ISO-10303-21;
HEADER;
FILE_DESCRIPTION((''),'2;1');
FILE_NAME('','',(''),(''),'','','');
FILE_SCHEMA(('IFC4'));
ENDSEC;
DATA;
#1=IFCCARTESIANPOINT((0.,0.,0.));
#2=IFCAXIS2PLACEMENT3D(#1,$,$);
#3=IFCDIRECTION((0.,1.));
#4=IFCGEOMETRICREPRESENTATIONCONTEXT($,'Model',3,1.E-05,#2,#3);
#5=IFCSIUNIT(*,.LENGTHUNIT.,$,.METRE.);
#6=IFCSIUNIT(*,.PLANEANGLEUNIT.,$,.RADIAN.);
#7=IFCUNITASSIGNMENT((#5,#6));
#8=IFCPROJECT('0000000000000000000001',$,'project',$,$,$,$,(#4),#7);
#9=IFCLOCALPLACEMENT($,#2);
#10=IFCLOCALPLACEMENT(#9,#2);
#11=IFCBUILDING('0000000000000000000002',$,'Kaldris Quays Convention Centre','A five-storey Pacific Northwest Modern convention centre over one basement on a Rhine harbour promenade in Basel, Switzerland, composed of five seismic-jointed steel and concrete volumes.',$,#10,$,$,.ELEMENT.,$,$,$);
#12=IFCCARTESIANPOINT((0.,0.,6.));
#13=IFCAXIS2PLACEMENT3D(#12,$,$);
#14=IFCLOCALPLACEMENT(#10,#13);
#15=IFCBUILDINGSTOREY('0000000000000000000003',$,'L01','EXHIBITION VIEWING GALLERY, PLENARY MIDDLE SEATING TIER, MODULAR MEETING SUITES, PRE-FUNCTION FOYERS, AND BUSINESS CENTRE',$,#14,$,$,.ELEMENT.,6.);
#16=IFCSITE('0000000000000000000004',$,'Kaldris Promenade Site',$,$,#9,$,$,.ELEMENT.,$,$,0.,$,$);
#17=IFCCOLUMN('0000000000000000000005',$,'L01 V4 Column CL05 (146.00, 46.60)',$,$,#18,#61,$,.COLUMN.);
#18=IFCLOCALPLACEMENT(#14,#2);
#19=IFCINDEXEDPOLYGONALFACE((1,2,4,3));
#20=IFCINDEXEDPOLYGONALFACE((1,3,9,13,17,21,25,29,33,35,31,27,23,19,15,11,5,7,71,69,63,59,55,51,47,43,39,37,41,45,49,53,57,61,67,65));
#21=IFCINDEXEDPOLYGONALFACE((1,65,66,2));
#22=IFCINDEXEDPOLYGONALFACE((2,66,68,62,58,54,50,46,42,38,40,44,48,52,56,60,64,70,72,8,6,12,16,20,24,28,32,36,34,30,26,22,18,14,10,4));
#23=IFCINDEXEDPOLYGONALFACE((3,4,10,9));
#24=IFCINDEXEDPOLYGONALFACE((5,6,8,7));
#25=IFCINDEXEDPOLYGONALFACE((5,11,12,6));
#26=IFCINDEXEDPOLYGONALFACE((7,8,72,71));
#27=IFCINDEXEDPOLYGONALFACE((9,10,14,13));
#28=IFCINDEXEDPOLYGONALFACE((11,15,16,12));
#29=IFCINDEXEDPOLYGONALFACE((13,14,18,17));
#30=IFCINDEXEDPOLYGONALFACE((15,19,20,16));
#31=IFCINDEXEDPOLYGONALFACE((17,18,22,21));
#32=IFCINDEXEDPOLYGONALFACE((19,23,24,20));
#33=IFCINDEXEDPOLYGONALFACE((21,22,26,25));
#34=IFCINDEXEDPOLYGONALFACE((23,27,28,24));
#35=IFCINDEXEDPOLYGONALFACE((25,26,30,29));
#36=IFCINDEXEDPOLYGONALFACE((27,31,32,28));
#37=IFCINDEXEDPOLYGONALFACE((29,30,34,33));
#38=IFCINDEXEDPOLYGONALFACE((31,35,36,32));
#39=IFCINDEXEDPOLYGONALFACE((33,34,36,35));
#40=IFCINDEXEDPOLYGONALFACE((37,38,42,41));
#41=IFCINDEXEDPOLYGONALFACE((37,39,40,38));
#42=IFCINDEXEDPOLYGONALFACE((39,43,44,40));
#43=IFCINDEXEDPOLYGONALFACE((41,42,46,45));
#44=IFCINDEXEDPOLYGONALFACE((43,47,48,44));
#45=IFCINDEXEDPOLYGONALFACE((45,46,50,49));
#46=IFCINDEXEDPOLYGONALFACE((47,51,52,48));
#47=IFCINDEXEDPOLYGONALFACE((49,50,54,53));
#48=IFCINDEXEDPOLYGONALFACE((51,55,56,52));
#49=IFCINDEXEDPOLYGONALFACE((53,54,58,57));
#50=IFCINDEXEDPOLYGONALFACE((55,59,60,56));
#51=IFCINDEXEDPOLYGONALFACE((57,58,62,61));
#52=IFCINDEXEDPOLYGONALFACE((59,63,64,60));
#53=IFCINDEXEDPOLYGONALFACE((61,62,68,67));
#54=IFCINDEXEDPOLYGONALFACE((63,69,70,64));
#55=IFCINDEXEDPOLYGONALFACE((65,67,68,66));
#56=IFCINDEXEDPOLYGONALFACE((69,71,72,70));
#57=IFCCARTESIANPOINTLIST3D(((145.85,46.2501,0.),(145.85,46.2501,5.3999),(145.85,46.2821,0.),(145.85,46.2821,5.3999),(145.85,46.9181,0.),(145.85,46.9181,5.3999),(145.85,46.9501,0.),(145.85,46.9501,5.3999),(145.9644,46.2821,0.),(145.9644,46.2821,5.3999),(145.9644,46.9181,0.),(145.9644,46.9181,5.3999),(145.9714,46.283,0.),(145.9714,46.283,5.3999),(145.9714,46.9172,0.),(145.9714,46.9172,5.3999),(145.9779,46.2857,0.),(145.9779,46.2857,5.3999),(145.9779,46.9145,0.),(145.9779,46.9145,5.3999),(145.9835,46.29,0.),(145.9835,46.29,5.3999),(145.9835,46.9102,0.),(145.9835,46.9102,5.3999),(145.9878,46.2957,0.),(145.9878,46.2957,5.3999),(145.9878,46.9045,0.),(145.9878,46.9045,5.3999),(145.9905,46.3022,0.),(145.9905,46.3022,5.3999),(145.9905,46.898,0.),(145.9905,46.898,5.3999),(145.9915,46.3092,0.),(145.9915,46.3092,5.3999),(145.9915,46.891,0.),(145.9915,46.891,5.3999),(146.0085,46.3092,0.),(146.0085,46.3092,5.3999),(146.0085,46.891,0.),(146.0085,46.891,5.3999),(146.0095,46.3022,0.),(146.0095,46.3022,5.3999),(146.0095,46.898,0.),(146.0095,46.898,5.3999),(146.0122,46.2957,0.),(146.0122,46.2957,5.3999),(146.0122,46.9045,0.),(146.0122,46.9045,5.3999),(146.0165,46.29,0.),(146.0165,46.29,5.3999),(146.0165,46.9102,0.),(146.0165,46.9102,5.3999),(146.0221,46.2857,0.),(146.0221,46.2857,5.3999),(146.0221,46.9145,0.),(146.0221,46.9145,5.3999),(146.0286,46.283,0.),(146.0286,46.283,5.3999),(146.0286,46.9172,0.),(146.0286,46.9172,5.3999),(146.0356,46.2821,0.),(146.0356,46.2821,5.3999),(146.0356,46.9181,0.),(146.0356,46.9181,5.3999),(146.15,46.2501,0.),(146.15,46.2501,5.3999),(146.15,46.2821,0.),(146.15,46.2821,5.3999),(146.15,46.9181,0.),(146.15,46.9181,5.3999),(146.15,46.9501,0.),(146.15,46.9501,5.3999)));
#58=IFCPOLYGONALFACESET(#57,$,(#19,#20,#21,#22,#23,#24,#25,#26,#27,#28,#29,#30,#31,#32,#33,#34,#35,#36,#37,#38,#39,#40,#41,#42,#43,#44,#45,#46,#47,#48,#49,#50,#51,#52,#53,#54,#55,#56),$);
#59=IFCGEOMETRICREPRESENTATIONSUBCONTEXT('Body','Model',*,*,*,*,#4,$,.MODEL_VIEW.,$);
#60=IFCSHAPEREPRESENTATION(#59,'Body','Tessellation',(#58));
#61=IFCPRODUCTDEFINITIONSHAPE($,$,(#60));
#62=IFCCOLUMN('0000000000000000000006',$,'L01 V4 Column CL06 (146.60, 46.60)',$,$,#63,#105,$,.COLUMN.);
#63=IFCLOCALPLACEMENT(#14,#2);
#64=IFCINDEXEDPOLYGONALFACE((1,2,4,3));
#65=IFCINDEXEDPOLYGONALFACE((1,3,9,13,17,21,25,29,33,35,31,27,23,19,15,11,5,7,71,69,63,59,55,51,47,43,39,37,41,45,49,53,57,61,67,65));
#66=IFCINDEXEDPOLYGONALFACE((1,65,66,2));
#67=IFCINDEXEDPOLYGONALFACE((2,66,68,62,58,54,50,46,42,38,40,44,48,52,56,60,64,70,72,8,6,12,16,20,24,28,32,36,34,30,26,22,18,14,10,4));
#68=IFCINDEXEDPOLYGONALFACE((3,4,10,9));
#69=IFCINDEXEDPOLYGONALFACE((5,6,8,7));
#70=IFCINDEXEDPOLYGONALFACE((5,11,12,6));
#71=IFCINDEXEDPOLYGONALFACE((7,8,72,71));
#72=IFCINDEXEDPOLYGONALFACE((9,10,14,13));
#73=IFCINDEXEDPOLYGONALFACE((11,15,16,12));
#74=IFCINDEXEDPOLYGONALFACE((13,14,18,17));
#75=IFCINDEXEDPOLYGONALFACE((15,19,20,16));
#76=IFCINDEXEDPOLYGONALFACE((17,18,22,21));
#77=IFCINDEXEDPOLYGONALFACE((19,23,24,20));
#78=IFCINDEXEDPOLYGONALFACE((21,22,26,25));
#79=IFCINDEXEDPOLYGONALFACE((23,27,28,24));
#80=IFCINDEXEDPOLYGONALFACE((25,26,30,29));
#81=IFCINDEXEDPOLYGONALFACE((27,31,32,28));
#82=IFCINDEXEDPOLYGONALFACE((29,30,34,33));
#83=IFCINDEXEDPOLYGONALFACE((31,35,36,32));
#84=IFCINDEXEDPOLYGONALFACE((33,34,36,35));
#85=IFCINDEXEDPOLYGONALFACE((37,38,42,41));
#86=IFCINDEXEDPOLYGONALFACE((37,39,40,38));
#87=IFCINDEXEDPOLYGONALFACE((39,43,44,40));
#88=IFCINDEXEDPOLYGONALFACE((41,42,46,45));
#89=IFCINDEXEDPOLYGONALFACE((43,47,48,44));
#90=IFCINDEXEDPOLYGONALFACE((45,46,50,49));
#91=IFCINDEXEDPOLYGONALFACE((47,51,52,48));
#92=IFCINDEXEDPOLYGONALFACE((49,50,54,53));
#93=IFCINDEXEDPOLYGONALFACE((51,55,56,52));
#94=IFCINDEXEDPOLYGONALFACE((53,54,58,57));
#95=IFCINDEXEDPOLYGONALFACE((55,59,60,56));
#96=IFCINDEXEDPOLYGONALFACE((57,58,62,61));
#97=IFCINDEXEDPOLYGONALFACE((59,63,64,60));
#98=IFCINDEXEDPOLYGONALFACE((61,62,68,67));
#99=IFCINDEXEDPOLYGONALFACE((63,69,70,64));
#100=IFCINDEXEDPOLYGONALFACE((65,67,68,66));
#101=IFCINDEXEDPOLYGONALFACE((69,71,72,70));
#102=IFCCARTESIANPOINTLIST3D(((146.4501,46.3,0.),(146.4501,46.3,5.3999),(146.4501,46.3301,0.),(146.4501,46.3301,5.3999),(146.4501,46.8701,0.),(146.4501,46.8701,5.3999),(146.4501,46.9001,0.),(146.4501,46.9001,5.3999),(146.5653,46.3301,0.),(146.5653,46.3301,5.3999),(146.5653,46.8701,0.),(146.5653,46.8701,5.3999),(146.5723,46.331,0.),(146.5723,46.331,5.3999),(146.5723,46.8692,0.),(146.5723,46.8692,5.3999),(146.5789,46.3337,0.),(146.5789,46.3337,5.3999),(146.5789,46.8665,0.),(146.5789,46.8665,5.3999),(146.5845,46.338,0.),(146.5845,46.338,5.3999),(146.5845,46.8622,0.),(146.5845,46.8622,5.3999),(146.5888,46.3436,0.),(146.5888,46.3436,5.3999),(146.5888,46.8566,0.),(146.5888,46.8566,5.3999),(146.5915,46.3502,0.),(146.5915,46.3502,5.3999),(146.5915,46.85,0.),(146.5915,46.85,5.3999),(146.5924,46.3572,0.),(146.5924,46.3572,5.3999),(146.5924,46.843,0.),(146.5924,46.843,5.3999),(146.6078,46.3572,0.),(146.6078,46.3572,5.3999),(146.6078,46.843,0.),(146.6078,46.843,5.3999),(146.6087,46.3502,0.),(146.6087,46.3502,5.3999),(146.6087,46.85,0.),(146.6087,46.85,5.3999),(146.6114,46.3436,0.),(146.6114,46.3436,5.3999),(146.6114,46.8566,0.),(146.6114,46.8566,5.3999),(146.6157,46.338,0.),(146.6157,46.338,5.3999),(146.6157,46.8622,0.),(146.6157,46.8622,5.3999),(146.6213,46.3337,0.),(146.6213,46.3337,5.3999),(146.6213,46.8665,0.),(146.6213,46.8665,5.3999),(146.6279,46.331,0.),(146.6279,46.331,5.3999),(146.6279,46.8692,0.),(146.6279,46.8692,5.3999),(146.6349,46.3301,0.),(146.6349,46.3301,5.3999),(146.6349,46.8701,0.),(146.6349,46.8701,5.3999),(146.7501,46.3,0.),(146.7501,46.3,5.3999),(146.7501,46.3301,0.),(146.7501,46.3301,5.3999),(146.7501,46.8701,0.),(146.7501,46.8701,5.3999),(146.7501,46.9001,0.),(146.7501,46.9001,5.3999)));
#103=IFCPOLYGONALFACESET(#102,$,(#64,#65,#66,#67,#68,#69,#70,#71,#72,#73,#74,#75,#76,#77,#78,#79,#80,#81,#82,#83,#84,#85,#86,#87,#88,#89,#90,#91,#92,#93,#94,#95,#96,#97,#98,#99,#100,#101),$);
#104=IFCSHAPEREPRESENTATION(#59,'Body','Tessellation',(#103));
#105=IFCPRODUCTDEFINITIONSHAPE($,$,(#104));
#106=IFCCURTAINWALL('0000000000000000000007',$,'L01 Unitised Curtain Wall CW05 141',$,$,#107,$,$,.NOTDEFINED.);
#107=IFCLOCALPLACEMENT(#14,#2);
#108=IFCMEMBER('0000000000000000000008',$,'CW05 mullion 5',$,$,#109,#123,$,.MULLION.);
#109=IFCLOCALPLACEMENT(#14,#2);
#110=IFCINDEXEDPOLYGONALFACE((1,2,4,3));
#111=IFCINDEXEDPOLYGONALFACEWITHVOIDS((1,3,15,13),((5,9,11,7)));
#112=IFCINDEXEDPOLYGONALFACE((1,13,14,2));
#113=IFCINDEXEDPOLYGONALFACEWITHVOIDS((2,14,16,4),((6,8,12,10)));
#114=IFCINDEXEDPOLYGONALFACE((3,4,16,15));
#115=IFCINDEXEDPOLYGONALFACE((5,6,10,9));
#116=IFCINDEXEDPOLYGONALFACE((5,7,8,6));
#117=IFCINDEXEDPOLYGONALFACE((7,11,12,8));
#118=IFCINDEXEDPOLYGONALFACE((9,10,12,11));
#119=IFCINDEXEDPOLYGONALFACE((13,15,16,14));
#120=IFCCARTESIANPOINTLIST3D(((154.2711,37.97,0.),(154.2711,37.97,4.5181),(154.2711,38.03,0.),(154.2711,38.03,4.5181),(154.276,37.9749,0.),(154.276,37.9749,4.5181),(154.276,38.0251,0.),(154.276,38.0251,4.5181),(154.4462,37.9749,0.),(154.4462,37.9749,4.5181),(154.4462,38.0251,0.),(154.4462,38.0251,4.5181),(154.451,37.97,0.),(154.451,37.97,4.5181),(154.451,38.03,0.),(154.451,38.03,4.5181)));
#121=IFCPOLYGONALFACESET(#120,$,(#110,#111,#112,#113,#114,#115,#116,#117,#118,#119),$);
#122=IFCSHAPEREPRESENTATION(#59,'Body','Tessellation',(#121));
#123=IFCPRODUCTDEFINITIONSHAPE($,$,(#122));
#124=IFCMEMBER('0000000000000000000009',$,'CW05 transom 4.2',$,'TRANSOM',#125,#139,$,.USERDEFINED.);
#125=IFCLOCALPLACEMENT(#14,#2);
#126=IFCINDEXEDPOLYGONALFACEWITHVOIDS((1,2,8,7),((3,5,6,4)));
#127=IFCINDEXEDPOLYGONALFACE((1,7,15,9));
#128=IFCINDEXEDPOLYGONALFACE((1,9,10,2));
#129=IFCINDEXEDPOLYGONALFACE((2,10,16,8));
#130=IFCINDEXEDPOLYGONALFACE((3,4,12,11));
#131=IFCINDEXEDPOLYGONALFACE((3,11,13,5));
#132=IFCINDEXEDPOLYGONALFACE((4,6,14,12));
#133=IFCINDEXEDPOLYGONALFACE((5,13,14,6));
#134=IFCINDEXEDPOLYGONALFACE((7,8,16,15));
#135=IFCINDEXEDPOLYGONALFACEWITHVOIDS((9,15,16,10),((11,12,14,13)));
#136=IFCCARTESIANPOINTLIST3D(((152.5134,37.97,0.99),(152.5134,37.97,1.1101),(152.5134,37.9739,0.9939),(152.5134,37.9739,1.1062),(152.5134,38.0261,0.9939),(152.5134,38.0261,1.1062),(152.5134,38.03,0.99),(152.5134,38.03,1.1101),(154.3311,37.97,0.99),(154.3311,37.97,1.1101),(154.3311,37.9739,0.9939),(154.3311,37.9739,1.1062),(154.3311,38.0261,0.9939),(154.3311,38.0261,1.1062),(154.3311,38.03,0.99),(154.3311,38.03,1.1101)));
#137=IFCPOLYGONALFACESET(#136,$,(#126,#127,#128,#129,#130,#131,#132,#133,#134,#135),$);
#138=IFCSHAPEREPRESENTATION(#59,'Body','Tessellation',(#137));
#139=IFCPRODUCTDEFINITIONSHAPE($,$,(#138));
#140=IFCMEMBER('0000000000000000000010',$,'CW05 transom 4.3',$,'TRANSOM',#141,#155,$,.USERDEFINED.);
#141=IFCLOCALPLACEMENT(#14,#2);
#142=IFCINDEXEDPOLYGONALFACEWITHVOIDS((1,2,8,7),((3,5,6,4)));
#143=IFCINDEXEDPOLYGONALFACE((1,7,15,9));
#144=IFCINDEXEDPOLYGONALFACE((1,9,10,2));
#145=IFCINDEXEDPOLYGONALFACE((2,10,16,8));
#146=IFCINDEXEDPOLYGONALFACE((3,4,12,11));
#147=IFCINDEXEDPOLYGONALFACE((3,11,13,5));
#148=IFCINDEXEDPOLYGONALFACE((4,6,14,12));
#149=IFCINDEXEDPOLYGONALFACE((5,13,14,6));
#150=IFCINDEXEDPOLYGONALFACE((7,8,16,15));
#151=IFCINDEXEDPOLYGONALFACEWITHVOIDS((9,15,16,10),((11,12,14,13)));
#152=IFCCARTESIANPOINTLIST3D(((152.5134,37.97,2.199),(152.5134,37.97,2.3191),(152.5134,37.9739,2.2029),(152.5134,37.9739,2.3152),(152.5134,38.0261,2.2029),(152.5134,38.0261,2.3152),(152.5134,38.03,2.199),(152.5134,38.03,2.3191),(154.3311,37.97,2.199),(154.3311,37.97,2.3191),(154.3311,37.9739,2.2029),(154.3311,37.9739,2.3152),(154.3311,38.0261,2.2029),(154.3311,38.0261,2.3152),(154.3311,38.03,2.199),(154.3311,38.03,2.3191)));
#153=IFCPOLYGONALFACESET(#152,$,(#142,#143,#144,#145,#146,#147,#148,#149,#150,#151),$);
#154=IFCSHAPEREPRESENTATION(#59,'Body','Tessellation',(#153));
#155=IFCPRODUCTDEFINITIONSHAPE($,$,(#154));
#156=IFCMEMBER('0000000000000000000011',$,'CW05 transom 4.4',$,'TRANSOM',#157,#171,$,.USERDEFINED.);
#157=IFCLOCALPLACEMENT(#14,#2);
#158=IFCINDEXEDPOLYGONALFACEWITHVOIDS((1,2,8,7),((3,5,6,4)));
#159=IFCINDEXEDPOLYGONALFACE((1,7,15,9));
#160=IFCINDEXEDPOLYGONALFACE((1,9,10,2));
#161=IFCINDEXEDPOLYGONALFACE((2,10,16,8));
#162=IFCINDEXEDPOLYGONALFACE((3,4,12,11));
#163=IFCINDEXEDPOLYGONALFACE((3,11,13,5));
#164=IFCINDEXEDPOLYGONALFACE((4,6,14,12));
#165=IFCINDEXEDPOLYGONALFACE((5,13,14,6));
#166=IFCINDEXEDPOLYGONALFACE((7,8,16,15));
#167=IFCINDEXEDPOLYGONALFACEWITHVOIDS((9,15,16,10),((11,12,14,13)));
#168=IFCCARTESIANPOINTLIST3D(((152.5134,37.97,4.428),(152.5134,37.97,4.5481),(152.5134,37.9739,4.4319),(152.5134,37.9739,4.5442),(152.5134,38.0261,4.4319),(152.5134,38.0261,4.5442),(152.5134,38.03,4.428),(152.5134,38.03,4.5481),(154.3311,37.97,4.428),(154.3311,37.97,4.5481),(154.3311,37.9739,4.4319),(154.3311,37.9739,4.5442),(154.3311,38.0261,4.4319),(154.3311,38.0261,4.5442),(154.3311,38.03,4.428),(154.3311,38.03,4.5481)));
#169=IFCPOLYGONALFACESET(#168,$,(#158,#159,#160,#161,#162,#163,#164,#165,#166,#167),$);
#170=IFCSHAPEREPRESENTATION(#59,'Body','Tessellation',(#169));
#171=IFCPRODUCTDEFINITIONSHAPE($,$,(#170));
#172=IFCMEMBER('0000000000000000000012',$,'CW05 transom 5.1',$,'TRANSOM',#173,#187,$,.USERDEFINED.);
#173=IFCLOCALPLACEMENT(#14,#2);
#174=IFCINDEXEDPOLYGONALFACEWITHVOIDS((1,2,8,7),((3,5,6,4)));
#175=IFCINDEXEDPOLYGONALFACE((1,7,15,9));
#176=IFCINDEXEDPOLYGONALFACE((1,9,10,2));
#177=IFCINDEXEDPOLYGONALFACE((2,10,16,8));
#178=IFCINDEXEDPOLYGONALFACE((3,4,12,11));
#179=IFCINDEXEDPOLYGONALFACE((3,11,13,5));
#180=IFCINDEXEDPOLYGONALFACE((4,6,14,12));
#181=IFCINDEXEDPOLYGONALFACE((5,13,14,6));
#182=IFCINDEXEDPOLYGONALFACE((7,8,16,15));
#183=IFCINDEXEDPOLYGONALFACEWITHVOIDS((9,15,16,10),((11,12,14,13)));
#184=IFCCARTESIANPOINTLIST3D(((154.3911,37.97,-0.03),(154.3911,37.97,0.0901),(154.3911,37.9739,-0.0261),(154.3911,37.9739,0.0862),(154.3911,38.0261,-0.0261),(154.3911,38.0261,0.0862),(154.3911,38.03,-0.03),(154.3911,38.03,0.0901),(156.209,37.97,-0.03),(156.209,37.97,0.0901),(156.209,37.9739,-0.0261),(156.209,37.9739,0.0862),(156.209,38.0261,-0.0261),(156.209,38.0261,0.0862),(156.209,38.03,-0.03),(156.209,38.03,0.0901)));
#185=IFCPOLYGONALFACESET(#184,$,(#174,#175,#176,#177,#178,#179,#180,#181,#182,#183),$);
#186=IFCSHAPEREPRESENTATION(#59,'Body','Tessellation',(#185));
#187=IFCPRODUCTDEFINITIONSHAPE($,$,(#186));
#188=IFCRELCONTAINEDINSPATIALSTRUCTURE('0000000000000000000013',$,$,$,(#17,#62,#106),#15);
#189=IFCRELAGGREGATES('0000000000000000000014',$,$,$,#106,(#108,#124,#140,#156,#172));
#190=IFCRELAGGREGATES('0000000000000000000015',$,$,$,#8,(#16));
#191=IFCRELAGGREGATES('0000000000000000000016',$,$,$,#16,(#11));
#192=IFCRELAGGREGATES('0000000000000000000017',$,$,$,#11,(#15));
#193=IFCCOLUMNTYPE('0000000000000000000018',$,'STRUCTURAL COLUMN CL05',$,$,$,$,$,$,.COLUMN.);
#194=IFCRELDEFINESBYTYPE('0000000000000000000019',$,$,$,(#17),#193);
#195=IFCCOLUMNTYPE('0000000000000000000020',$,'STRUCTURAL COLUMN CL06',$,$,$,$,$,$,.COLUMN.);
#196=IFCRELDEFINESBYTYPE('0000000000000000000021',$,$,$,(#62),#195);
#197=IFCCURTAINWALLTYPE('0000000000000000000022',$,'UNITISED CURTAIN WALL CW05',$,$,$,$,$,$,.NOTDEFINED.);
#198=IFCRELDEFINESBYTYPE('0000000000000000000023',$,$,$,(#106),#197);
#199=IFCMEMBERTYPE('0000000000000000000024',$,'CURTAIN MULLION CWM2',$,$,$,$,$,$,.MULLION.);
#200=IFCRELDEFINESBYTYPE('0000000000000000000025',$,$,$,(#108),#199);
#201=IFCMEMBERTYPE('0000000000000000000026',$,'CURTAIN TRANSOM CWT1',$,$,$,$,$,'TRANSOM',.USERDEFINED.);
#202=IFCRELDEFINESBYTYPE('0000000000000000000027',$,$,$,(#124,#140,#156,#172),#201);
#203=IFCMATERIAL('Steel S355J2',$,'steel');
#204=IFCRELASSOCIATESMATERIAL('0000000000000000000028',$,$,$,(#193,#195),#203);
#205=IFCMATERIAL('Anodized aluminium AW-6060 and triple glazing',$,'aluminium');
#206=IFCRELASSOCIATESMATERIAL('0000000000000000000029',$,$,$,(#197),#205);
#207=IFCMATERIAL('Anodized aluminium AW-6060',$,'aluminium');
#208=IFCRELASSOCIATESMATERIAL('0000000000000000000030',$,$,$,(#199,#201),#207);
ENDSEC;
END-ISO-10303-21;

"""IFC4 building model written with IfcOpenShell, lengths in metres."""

from ifc_helpers import new_model, si_unit, direction, frame, origin, origin_2d, place, context, subcontext, project, spatial, hollow_rectangle, i_section, extrude, material, material_profile, profile_set, type_object, element, aggregate, save


model = new_model("IFC4")

# Units and contexts
model_context = context("Model", 3, precision=1e-05, world=origin(), true_north=direction((0.0, 1.0)))
body_context = subcontext(model_context, "Body", "Model", "MODEL_VIEW")
ifc_project = project(units=[si_unit("LENGTHUNIT", "METRE"), si_unit("PLANEANGLEUNIT", "RADIAN")], contexts=[model_context])

# Site, building, storey
site_placement = place(None, origin())
site = spatial("IfcSite", under=ifc_project, at=site_placement, Name="Kaldris Promenade Site", CompositionType="ELEMENT", RefElevation=0.0)
building_placement = place(site_placement, origin())
building = spatial("IfcBuilding", under=site, at=building_placement, Name="Kaldris Quays Convention Centre", Description="A five-storey Pacific Northwest Modern convention centre over one basement on a Rhine harbour promenade in Basel, Switzerland, composed of five seismic-jointed steel and concrete volumes.", CompositionType="ELEMENT")
storey_placement = place(building_placement, frame((0.0, 0.0, 6.0)))
storey = spatial("IfcBuildingStorey", under=building, at=storey_placement, Name="L01", Description="EXHIBITION VIEWING GALLERY, PLENARY MIDDLE SEATING TIER, MODULAR MEETING SUITES, PRE-FUNCTION FOYERS, AND BUSINESS CENTRE", CompositionType="ELEMENT", Elevation=6.0)

# Columns
ifc_material_1 = material(Name="Steel S355J2", Category="steel")
ifc_material_profile_1 = material_profile(ifc_material_1, i_section(OverallWidth=0.3, OverallDepth=0.7, WebThickness=0.0171, FlangeThickness=0.032, FilletRadius=0.0271, at=origin_2d()), Name="HEB 700")
ifc_profile_set_1 = profile_set([ifc_material_profile_1], Name="Steel S355J2")
column_type_1 = type_object("IfcColumnType", Name="STRUCTURAL COLUMN CL05", PredefinedType="COLUMN", material=ifc_profile_set_1)
column_1_placement = place(storey_placement, frame((146.0, 46.6001, 0.0), z_axis=(0.0, 0.0, 1.0), x_axis=(1.0, 0.0, 0.0)))
element("IfcColumn", 1, at=column_1_placement, inside=storey, type_object=column_type_1, Name="L01 V4 Column CL05 (146.00, 46.60)", PredefinedType="COLUMN", context=body_context, shape_type="SweptSolid", body=[
    extrude(i_section(OverallWidth=0.3, OverallDepth=0.7, WebThickness=0.0171, FlangeThickness=0.032, FilletRadius=0.0271, at=origin_2d()), origin(), (0.0, 0.0, 1.0), 5.3999),
])
ifc_material_profile_2 = material_profile(ifc_material_1, i_section(OverallWidth=0.3, OverallDepth=0.6001, WebThickness=0.0154, FlangeThickness=0.03, FilletRadius=0.0271, at=origin_2d()), Name="HEB 600")
ifc_profile_set_2 = profile_set([ifc_material_profile_2], Name="Steel S355J2")
column_type_2 = type_object("IfcColumnType", Name="STRUCTURAL COLUMN CL06", PredefinedType="COLUMN", material=ifc_profile_set_2)
column_2_placement = place(storey_placement, frame((146.6001, 46.6001, 0.0), z_axis=(0.0, 0.0, 1.0), x_axis=(1.0, 0.0, 0.0)))
element("IfcColumn", 2, at=column_2_placement, inside=storey, type_object=column_type_2, Name="L01 V4 Column CL06 (146.60, 46.60)", PredefinedType="COLUMN", context=body_context, shape_type="SweptSolid", body=[
    extrude(i_section(OverallWidth=0.3, OverallDepth=0.6001, WebThickness=0.0154, FlangeThickness=0.03, FilletRadius=0.0271, at=origin_2d()), origin(), (0.0, 0.0, 1.0), 5.3999),
])

# Curtain wall, members
ifc_material_2 = material(Name="Anodized aluminium AW-6060 and triple glazing", Category="aluminium")
curtain_wall_type = type_object("IfcCurtainWallType", Name="UNITISED CURTAIN WALL CW05", PredefinedType="NOTDEFINED", material=ifc_material_2)
curtain_wall_placement = place(storey_placement, origin())
curtain_wall = element("IfcCurtainWall", 3, at=curtain_wall_placement, inside=storey, type_object=curtain_wall_type, Name="L01 Unitised Curtain Wall CW05 141", PredefinedType="NOTDEFINED")
ifc_material_3 = material(Name="Anodized aluminium AW-6060", Category="aluminium")
ifc_material_profile_3 = material_profile(ifc_material_3, hollow_rectangle(XDim=0.0601, YDim=0.1799, WallThickness=0.0049, at=origin_2d()), Name="RHS 180x60x5")
ifc_profile_set_3 = profile_set([ifc_material_profile_3], Name="Anodized aluminium AW-6060")
member_type_1 = type_object("IfcMemberType", Name="CURTAIN MULLION CWM2", PredefinedType="MULLION", material=ifc_profile_set_3)
member_1_placement = place(storey_placement, frame((154.3611, 38.0, 0.0), z_axis=(0.0, 0.0, 1.0), x_axis=(0.0, 1.0, 0.0)))
member_1 = element("IfcMember", 4, at=member_1_placement, type_object=member_type_1, Name="CW05 mullion 5", PredefinedType="MULLION", context=body_context, shape_type="SweptSolid", body=[
    extrude(hollow_rectangle(XDim=0.0601, YDim=0.1799, WallThickness=0.0049, at=origin_2d()), origin(), (0.0, 0.0, 1.0), 4.5181),
])
ifc_material_profile_4 = material_profile(ifc_material_3, hollow_rectangle(XDim=0.0601, YDim=0.1201, WallThickness=0.0039, at=origin_2d()), Name="RHS 120x60x4")
ifc_profile_set_4 = profile_set([ifc_material_profile_4], Name="Anodized aluminium AW-6060")
member_type_2 = type_object("IfcMemberType", Name="CURTAIN TRANSOM CWT1", ElementType="TRANSOM", PredefinedType="USERDEFINED", material=ifc_profile_set_4)
member_2_placement = place(storey_placement, frame((152.5134, 38.0, 1.05), z_axis=(1.0, 0.0, 0.0), x_axis=(0.0, 1.0, 0.0)))
member_2 = element("IfcMember", 5, at=member_2_placement, type_object=member_type_2, Name="CW05 transom 4.2", ObjectType="TRANSOM", PredefinedType="USERDEFINED", context=body_context, shape_type="SweptSolid", body=[
    extrude(hollow_rectangle(XDim=0.0601, YDim=0.1201, WallThickness=0.0039, at=origin_2d()), origin(), (0.0, 0.0, 1.0), 1.8176),
])
member_3_placement = place(storey_placement, frame((152.5134, 38.0, 2.259), z_axis=(1.0, 0.0, 0.0), x_axis=(0.0, 1.0, 0.0)))
member_3 = element("IfcMember", 6, at=member_3_placement, type_object=member_type_2, Name="CW05 transom 4.3", ObjectType="TRANSOM", PredefinedType="USERDEFINED", context=body_context, shape_type="SweptSolid", body=[
    extrude(hollow_rectangle(XDim=0.0601, YDim=0.1201, WallThickness=0.0039, at=origin_2d()), origin(), (0.0, 0.0, 1.0), 1.8176),
])
member_4_placement = place(storey_placement, frame((152.5134, 38.0, 4.488), z_axis=(1.0, 0.0, 0.0), x_axis=(0.0, 1.0, 0.0)))
member_4 = element("IfcMember", 7, at=member_4_placement, type_object=member_type_2, Name="CW05 transom 4.4", ObjectType="TRANSOM", PredefinedType="USERDEFINED", context=body_context, shape_type="SweptSolid", body=[
    extrude(hollow_rectangle(XDim=0.0601, YDim=0.1201, WallThickness=0.0039, at=origin_2d()), origin(), (0.0, 0.0, 1.0), 1.8176),
])
member_5_placement = place(storey_placement, frame((154.3911, 38.0, 0.03), z_axis=(1.0, 0.0, 0.0), x_axis=(0.0, 1.0, 0.0)))
member_5 = element("IfcMember", 8, at=member_5_placement, type_object=member_type_2, Name="CW05 transom 5.1", ObjectType="TRANSOM", PredefinedType="USERDEFINED", context=body_context, shape_type="SweptSolid", body=[
    extrude(hollow_rectangle(XDim=0.0601, YDim=0.1201, WallThickness=0.0039, at=origin_2d()), origin(), (0.0, 0.0, 1.0), 1.8179),
])

aggregate(curtain_wall, [member_1, member_2, member_3, member_4, member_5])

save(model, "model.ifc")
